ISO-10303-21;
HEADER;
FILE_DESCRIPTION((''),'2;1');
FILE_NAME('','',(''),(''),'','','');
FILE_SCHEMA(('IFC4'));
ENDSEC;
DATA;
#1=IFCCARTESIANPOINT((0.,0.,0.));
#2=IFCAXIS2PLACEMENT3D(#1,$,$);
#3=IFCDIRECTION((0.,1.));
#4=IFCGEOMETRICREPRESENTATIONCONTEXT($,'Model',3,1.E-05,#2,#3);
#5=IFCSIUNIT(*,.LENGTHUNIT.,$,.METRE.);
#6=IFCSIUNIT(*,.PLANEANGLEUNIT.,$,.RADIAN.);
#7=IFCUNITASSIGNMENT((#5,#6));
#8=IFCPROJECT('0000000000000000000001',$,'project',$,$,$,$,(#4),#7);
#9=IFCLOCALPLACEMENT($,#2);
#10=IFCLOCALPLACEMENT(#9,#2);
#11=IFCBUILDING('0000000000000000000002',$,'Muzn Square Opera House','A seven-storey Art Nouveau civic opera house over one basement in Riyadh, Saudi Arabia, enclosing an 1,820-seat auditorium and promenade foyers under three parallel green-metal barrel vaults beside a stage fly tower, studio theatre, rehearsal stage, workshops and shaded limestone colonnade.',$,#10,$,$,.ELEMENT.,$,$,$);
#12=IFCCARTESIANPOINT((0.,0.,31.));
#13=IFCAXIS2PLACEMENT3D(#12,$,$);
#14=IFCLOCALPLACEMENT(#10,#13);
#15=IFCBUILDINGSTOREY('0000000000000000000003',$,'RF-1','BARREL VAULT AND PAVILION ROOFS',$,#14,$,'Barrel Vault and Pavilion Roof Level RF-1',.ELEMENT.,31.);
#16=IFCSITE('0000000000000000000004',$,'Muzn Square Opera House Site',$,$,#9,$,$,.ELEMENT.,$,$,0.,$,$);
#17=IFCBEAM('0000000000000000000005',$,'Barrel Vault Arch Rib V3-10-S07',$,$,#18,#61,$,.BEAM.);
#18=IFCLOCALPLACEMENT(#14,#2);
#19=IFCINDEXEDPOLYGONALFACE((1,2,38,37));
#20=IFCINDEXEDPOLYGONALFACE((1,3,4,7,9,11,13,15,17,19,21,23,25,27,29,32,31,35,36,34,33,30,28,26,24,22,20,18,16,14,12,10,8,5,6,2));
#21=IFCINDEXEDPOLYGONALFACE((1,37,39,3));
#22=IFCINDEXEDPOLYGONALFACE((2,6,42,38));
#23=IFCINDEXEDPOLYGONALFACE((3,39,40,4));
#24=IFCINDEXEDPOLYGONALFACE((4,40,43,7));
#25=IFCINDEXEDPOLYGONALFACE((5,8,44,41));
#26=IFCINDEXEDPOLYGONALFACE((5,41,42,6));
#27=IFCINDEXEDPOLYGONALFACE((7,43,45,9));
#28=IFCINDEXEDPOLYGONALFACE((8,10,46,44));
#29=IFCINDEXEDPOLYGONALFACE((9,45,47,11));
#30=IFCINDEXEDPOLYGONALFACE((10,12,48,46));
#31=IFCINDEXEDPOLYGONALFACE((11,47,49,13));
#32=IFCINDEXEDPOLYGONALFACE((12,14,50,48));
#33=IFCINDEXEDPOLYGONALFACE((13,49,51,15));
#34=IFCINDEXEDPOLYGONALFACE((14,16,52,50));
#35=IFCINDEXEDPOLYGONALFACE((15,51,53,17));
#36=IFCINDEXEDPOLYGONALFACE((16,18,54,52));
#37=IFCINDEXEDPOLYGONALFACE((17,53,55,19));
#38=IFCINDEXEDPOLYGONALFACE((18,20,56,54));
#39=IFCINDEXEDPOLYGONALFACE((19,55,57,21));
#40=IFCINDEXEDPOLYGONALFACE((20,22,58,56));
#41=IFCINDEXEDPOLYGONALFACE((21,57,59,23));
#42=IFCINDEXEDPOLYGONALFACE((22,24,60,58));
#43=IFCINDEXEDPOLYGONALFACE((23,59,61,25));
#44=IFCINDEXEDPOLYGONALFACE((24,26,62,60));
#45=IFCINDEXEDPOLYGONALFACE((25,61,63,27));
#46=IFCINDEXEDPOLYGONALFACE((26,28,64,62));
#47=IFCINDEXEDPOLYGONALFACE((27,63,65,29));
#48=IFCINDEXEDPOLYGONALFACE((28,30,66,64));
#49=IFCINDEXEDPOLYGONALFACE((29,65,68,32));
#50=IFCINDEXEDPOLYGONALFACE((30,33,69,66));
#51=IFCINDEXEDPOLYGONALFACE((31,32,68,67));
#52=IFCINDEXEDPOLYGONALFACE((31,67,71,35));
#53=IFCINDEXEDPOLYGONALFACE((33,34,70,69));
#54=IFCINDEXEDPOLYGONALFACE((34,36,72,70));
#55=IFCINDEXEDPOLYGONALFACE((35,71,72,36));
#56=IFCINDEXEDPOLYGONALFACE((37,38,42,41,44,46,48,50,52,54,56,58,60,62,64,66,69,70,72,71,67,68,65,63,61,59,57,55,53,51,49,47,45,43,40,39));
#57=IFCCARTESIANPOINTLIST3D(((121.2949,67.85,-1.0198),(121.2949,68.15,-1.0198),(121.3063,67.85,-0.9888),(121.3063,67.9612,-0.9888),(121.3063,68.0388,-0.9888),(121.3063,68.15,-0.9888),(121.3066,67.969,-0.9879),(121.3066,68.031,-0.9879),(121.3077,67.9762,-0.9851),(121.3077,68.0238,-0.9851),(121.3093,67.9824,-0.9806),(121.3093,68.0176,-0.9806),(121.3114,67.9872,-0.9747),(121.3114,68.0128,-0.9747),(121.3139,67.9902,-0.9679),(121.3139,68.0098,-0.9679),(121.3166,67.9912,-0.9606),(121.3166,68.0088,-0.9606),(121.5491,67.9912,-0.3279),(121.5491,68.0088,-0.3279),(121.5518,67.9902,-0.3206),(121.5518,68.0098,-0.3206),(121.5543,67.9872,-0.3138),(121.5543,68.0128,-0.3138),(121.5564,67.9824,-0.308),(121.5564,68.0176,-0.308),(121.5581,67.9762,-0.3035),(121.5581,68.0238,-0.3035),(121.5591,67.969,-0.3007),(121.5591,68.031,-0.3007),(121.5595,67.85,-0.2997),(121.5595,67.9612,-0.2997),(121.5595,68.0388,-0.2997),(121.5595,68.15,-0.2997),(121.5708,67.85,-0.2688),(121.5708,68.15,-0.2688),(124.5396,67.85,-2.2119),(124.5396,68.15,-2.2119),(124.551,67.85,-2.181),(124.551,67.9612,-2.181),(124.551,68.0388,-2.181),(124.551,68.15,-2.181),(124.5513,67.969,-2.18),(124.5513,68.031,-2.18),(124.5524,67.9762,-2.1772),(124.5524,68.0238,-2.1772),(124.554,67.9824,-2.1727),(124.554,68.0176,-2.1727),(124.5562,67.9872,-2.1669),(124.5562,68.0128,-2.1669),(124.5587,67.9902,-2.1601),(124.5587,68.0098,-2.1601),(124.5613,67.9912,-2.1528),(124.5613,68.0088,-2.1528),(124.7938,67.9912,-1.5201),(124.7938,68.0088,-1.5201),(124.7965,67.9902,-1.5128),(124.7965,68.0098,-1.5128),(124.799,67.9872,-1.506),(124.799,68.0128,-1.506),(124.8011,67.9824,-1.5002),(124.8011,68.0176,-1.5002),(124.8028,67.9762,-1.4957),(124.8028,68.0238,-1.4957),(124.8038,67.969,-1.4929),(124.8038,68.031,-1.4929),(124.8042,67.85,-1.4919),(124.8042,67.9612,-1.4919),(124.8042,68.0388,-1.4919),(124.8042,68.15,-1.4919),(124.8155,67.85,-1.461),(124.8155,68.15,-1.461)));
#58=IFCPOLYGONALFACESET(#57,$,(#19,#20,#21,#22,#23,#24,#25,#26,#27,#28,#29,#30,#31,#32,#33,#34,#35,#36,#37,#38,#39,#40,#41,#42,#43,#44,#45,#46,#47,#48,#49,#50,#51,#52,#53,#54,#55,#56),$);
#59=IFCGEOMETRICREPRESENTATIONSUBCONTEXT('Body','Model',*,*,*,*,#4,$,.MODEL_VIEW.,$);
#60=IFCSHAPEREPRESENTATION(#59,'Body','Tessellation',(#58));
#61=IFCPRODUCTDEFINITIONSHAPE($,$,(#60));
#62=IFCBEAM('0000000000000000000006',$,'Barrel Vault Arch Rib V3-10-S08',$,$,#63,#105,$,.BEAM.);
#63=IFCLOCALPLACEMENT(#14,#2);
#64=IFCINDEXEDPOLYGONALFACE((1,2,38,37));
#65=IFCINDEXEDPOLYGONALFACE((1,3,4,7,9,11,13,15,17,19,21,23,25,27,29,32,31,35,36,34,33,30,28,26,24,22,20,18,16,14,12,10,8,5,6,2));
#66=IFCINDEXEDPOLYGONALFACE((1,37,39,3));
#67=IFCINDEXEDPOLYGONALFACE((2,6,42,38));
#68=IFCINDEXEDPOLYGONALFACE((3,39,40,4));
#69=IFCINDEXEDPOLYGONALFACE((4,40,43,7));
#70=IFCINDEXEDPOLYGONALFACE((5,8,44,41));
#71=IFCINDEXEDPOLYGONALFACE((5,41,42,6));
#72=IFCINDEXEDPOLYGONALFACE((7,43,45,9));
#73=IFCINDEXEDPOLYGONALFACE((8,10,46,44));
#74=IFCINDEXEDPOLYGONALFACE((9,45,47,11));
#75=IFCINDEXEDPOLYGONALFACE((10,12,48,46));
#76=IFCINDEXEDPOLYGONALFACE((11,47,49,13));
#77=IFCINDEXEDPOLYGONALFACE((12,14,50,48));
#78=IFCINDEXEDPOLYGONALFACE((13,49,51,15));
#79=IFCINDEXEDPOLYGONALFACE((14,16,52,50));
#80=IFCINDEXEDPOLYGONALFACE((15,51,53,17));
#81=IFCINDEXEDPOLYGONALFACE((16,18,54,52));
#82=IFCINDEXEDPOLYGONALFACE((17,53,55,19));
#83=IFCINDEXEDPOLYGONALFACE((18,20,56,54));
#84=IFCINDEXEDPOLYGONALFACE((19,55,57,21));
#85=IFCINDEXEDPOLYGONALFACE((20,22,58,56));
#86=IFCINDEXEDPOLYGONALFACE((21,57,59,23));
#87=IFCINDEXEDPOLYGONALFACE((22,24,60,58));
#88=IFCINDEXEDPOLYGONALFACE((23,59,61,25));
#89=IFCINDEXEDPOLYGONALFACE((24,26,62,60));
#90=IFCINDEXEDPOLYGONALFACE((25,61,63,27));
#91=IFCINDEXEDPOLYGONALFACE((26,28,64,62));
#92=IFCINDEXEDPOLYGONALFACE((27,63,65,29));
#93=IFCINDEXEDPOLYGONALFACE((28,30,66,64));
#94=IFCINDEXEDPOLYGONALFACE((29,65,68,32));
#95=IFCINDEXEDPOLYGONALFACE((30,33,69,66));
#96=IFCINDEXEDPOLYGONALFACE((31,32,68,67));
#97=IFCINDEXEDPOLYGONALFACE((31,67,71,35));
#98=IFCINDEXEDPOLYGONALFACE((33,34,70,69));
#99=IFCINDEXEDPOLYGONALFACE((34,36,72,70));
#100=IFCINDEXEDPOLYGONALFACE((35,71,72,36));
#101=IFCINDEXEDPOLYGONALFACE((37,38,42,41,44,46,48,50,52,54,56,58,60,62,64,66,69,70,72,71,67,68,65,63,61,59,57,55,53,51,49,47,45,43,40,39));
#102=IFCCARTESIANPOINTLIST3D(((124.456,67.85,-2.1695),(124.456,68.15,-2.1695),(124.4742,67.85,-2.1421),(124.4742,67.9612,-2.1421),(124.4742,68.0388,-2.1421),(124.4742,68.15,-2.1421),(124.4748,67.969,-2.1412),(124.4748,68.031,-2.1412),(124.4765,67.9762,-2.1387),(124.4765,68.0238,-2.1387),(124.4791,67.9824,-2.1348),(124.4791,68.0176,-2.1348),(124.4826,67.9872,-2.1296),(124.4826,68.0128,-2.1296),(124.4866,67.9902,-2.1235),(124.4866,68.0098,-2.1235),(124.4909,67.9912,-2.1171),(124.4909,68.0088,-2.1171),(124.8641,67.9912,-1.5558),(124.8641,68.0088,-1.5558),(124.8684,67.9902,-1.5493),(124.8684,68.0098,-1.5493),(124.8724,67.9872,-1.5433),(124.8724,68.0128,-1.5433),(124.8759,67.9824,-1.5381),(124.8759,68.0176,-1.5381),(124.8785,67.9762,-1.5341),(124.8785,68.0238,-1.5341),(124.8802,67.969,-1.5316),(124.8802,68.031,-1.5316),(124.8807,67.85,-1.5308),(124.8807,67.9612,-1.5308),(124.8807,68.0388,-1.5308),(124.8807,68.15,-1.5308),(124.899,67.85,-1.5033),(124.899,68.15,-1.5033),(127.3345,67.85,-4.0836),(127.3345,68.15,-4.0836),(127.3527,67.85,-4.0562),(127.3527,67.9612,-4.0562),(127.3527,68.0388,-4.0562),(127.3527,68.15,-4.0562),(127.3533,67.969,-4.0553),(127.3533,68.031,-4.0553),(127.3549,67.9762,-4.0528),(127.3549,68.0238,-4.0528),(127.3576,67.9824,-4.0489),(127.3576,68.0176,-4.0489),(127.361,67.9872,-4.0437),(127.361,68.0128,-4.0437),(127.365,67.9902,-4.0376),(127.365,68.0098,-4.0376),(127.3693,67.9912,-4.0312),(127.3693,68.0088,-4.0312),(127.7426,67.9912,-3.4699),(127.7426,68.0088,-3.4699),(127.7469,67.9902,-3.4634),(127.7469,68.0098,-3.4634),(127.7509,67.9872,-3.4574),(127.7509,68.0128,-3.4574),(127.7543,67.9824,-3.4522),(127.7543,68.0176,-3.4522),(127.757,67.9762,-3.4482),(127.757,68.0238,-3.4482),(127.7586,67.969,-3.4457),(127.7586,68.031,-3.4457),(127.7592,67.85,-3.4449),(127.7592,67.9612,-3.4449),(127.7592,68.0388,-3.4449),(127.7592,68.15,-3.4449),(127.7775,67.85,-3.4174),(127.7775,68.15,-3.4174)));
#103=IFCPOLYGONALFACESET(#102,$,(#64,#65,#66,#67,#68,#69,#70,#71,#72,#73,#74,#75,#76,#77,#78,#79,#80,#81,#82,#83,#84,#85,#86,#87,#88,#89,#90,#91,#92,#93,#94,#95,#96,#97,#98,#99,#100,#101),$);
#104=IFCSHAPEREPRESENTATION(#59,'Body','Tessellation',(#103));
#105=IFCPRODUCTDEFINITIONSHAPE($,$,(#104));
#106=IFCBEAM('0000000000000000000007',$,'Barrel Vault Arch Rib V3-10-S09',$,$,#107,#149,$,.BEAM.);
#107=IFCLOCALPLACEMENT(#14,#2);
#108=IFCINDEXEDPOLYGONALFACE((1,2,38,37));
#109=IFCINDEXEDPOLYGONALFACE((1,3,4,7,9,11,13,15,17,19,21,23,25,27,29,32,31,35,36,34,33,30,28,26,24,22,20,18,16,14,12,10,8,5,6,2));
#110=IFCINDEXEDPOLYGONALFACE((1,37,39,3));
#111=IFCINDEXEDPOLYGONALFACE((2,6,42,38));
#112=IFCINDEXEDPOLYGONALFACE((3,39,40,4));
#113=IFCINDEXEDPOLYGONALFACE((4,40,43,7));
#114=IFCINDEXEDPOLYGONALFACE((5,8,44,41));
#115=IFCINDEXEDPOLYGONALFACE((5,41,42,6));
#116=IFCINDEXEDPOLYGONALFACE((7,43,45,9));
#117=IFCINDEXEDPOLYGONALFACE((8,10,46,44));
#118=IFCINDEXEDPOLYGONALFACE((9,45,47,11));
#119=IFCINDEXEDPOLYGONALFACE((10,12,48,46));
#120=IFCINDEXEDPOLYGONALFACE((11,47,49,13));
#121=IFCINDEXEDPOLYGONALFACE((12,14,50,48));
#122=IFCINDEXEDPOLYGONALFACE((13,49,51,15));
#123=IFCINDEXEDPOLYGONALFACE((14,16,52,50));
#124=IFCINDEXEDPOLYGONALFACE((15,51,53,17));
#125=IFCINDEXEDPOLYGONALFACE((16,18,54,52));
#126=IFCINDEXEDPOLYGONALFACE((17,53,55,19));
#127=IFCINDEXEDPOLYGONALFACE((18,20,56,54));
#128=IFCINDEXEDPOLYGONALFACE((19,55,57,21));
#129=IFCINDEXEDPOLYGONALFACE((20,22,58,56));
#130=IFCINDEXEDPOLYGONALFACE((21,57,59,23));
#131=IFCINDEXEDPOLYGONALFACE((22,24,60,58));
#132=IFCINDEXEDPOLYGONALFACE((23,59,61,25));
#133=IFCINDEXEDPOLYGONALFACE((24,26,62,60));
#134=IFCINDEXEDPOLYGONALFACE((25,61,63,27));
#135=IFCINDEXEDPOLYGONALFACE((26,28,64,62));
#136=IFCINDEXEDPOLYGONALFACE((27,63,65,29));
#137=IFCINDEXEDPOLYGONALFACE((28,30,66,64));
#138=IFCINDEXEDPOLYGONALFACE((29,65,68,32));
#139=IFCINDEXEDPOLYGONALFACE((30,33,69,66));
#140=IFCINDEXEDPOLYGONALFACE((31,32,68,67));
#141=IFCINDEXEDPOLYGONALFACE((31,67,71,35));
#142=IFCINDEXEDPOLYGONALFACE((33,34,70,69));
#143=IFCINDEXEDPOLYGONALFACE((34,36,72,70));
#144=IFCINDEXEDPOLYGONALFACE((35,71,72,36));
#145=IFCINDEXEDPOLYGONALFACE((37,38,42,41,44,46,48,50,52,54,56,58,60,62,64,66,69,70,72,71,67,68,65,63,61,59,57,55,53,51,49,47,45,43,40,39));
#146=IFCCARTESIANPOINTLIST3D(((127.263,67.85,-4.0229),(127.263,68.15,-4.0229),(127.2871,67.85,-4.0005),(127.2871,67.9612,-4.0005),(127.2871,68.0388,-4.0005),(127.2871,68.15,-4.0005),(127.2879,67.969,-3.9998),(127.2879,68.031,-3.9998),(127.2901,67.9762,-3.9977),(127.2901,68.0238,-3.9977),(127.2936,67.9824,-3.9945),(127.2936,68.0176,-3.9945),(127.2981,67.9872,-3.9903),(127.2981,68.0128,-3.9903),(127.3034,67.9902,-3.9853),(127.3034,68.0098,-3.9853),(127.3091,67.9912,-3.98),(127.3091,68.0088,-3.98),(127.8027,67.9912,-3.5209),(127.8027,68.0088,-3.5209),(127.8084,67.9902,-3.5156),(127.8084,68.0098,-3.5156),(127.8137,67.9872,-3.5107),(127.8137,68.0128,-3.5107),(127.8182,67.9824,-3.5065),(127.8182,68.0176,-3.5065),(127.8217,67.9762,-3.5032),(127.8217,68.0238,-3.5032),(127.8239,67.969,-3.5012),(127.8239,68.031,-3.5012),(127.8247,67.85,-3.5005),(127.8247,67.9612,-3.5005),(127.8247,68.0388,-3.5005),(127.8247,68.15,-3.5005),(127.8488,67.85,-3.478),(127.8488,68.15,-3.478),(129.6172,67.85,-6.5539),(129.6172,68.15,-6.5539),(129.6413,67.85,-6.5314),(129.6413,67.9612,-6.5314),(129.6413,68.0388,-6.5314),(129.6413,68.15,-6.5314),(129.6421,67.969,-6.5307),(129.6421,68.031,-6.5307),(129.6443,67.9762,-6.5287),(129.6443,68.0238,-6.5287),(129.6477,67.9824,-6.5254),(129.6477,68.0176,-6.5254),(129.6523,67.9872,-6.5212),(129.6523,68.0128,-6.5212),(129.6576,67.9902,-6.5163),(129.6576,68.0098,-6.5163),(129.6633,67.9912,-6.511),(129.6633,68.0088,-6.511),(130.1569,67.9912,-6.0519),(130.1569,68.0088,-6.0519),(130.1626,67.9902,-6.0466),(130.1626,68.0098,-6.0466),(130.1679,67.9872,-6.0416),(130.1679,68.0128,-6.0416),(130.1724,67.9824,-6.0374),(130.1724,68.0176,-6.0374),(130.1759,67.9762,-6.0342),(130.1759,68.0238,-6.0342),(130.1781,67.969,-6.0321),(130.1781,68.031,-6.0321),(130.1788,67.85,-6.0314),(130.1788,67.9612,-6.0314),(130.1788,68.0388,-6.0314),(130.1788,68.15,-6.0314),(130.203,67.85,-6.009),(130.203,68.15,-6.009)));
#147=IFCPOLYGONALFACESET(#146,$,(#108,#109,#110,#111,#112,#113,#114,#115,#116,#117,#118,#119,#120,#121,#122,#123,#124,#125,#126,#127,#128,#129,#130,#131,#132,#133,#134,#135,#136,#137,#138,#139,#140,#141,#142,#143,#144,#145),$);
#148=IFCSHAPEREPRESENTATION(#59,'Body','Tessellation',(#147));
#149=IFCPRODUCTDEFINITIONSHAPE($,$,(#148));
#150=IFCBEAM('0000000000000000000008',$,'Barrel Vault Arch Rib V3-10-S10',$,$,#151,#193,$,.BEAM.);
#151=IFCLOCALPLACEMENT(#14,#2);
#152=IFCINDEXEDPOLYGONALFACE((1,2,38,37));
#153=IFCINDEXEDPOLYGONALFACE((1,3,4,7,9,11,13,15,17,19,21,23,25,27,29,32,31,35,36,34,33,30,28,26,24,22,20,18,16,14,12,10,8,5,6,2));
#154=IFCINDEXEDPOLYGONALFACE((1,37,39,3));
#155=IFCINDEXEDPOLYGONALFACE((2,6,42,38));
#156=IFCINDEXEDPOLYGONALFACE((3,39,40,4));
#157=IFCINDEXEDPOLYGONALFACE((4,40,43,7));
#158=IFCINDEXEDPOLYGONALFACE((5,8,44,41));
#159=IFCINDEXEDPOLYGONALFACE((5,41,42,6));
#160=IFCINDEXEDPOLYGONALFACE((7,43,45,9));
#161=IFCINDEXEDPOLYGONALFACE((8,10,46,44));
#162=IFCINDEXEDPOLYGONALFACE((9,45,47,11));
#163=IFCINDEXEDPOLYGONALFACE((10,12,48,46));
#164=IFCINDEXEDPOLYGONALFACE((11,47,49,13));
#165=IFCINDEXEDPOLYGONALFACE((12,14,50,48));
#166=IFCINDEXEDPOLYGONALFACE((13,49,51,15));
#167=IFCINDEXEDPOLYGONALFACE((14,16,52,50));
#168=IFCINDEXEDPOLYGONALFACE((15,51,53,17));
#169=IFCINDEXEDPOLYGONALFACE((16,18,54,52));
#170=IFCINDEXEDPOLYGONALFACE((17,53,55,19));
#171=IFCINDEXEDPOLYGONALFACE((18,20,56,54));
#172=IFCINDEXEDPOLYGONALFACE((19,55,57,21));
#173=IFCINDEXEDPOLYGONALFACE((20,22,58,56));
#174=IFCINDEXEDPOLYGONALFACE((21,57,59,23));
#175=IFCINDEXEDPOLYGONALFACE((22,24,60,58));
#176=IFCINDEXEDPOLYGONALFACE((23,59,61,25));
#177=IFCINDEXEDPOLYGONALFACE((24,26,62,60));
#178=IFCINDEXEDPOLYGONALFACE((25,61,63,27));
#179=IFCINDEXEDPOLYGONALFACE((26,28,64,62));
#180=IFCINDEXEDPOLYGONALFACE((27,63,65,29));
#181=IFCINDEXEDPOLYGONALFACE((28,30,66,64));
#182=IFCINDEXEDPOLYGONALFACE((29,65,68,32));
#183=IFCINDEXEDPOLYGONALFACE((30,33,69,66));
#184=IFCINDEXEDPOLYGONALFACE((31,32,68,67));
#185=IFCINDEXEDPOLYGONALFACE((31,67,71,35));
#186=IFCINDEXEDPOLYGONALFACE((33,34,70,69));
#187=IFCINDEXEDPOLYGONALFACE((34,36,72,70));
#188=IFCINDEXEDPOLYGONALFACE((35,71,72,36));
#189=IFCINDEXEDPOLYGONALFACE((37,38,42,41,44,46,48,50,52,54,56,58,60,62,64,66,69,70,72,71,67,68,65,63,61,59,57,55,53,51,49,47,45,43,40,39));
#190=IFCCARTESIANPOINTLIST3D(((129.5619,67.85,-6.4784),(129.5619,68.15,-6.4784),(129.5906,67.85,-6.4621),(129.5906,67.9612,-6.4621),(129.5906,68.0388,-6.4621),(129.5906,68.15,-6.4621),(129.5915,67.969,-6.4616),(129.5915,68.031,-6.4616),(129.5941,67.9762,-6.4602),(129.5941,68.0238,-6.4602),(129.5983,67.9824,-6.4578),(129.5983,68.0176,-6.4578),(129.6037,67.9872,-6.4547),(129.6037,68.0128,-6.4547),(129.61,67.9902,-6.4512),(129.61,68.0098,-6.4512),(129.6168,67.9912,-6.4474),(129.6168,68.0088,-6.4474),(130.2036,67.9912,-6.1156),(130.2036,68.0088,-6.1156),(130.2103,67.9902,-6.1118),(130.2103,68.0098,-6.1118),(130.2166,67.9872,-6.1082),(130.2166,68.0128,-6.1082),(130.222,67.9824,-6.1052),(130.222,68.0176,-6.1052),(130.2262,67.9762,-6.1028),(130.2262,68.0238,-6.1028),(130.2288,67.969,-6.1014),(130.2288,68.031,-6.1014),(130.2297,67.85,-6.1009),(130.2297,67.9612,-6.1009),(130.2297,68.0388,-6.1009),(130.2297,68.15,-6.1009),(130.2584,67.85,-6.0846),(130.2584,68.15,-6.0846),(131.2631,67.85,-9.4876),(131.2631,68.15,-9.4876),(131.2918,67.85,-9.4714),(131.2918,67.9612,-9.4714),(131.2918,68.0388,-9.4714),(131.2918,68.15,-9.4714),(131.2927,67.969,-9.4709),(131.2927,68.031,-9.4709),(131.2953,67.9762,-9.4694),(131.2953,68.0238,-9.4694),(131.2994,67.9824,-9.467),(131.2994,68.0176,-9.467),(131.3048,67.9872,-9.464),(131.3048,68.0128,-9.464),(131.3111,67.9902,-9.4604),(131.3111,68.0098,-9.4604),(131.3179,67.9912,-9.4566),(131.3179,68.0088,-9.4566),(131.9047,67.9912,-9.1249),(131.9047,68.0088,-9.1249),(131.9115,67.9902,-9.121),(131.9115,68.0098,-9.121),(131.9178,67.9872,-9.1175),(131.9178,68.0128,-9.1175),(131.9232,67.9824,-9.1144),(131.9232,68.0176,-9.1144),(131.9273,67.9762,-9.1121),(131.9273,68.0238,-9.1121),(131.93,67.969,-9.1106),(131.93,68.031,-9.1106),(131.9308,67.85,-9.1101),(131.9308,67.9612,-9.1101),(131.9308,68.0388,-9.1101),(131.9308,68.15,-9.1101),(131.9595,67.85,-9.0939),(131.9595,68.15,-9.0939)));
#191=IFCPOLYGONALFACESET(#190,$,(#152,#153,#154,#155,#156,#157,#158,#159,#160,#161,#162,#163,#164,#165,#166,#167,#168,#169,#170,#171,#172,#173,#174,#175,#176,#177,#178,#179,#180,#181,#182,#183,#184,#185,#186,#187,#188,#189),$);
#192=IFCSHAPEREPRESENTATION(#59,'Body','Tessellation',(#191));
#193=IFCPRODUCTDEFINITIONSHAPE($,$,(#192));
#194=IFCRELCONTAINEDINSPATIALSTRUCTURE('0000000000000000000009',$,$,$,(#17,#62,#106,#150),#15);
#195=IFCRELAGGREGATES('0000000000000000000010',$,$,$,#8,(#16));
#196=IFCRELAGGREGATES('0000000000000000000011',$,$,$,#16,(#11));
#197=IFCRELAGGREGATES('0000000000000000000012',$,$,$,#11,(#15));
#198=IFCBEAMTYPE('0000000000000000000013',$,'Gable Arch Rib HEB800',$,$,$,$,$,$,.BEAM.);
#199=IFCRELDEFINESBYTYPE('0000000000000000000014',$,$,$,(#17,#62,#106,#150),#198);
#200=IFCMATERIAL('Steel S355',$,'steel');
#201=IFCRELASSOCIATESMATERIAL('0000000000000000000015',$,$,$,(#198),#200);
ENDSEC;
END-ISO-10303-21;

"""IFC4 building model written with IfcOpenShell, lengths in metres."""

from ifc_helpers import new_model, si_unit, direction, frame, origin, origin_2d, place, context, subcontext, project, spatial, i_section, extrude, material, material_profile, profile_set, type_object, element, save


model = new_model("IFC4")

# Units and contexts
model_context = context("Model", 3, precision=1e-05, world=origin(), true_north=direction((0.0, 1.0)))
body_context = subcontext(model_context, "Body", "Model", "MODEL_VIEW")
ifc_project = project(units=[si_unit("LENGTHUNIT", "METRE"), si_unit("PLANEANGLEUNIT", "RADIAN")], contexts=[model_context])

# Site, building, storey
site_placement = place(None, origin())
site = spatial("IfcSite", under=ifc_project, at=site_placement, Name="Muzn Square Opera House Site", CompositionType="ELEMENT", RefElevation=0.0)
building_placement = place(site_placement, origin())
building = spatial("IfcBuilding", under=site, at=building_placement, Name="Muzn Square Opera House", Description="A seven-storey Art Nouveau civic opera house over one basement in Riyadh, Saudi Arabia, enclosing an 1,820-seat auditorium and promenade foyers under three parallel green-metal barrel vaults beside a stage fly tower, studio theatre, rehearsal stage, workshops and shaded limestone colonnade.", CompositionType="ELEMENT")
storey_placement = place(building_placement, frame((0.0, 0.0, 31.0)))
storey = spatial("IfcBuildingStorey", under=building, at=storey_placement, Name="RF-1", Description="BARREL VAULT AND PAVILION ROOFS", LongName="Barrel Vault and Pavilion Roof Level RF-1", CompositionType="ELEMENT", Elevation=31.0)

# Beams
ifc_material_1 = material(Name="Steel S355", Category="steel")
ifc_material_profile_1 = material_profile(ifc_material_1, i_section(OverallWidth=0.3, OverallDepth=0.8, WebThickness=0.0176, FlangeThickness=0.033, FilletRadius=0.03, at=origin_2d()), Name="HEB 800", Category="steel")
ifc_profile_set_1 = profile_set([ifc_material_profile_1], Name="Steel S355")
beam_type_1 = type_object("IfcBeamType", Name="Gable Arch Rib HEB800", PredefinedType="BEAM", material=ifc_profile_set_1)
for number, where, z_axis, x_axis, name in (
    (1, (121.4329, 68.0, -0.6443), (0.938648, 0.0, -0.344877), (0.0, 1.0, 0.0), "Barrel Vault Arch Rib V3-10-S07"),
    (2, (124.6775, 68.0, -1.8364), (0.832702, 0.0, -0.553722), (0.0, 1.0, 0.0), "Barrel Vault Arch Rib V3-10-S08"),
):
    element("IfcBeam", number, at=place(storey_placement, frame(where, z_axis=z_axis, x_axis=x_axis)), inside=storey, type_object=beam_type_1, Name=name, PredefinedType="BEAM", context=body_context, shape_type="SweptSolid", body=[
        extrude(i_section(OverallWidth=0.3, OverallDepth=0.8, WebThickness=0.0176, FlangeThickness=0.033, FilletRadius=0.03, at=origin_2d()), origin(), (0.0, 0.0, 1.0), 3.4568),
    ])
beam_1_placement = place(storey_placement, frame((127.5559, 68.0, -3.7505), z_axis=(0.681077, 0.0, -0.732212), x_axis=(0.0, 1.0, 0.0)))
element("IfcBeam", 3, at=beam_1_placement, inside=storey, type_object=beam_type_1, Name="Barrel Vault Arch Rib V3-10-S09", PredefinedType="BEAM", context=body_context, shape_type="SweptSolid", body=[
    extrude(i_section(OverallWidth=0.3, OverallDepth=0.8, WebThickness=0.0176, FlangeThickness=0.033, FilletRadius=0.03, at=origin_2d()), origin(), (0.0, 0.0, 1.0), 3.4565),
])
beam_2_placement = place(storey_placement, frame((129.9102, 68.0, -6.2815), z_axis=(0.492118, 0.0, -0.870529), x_axis=(0.0, 1.0, 0.0)))
element("IfcBeam", 4, at=beam_2_placement, inside=storey, type_object=beam_type_1, Name="Barrel Vault Arch Rib V3-10-S10", PredefinedType="BEAM", context=body_context, shape_type="SweptSolid", body=[
    extrude(i_section(OverallWidth=0.3, OverallDepth=0.8, WebThickness=0.0176, FlangeThickness=0.033, FilletRadius=0.03, at=origin_2d()), origin(), (0.0, 0.0, 1.0), 3.4568),
])

save(model, "model.ifc")
